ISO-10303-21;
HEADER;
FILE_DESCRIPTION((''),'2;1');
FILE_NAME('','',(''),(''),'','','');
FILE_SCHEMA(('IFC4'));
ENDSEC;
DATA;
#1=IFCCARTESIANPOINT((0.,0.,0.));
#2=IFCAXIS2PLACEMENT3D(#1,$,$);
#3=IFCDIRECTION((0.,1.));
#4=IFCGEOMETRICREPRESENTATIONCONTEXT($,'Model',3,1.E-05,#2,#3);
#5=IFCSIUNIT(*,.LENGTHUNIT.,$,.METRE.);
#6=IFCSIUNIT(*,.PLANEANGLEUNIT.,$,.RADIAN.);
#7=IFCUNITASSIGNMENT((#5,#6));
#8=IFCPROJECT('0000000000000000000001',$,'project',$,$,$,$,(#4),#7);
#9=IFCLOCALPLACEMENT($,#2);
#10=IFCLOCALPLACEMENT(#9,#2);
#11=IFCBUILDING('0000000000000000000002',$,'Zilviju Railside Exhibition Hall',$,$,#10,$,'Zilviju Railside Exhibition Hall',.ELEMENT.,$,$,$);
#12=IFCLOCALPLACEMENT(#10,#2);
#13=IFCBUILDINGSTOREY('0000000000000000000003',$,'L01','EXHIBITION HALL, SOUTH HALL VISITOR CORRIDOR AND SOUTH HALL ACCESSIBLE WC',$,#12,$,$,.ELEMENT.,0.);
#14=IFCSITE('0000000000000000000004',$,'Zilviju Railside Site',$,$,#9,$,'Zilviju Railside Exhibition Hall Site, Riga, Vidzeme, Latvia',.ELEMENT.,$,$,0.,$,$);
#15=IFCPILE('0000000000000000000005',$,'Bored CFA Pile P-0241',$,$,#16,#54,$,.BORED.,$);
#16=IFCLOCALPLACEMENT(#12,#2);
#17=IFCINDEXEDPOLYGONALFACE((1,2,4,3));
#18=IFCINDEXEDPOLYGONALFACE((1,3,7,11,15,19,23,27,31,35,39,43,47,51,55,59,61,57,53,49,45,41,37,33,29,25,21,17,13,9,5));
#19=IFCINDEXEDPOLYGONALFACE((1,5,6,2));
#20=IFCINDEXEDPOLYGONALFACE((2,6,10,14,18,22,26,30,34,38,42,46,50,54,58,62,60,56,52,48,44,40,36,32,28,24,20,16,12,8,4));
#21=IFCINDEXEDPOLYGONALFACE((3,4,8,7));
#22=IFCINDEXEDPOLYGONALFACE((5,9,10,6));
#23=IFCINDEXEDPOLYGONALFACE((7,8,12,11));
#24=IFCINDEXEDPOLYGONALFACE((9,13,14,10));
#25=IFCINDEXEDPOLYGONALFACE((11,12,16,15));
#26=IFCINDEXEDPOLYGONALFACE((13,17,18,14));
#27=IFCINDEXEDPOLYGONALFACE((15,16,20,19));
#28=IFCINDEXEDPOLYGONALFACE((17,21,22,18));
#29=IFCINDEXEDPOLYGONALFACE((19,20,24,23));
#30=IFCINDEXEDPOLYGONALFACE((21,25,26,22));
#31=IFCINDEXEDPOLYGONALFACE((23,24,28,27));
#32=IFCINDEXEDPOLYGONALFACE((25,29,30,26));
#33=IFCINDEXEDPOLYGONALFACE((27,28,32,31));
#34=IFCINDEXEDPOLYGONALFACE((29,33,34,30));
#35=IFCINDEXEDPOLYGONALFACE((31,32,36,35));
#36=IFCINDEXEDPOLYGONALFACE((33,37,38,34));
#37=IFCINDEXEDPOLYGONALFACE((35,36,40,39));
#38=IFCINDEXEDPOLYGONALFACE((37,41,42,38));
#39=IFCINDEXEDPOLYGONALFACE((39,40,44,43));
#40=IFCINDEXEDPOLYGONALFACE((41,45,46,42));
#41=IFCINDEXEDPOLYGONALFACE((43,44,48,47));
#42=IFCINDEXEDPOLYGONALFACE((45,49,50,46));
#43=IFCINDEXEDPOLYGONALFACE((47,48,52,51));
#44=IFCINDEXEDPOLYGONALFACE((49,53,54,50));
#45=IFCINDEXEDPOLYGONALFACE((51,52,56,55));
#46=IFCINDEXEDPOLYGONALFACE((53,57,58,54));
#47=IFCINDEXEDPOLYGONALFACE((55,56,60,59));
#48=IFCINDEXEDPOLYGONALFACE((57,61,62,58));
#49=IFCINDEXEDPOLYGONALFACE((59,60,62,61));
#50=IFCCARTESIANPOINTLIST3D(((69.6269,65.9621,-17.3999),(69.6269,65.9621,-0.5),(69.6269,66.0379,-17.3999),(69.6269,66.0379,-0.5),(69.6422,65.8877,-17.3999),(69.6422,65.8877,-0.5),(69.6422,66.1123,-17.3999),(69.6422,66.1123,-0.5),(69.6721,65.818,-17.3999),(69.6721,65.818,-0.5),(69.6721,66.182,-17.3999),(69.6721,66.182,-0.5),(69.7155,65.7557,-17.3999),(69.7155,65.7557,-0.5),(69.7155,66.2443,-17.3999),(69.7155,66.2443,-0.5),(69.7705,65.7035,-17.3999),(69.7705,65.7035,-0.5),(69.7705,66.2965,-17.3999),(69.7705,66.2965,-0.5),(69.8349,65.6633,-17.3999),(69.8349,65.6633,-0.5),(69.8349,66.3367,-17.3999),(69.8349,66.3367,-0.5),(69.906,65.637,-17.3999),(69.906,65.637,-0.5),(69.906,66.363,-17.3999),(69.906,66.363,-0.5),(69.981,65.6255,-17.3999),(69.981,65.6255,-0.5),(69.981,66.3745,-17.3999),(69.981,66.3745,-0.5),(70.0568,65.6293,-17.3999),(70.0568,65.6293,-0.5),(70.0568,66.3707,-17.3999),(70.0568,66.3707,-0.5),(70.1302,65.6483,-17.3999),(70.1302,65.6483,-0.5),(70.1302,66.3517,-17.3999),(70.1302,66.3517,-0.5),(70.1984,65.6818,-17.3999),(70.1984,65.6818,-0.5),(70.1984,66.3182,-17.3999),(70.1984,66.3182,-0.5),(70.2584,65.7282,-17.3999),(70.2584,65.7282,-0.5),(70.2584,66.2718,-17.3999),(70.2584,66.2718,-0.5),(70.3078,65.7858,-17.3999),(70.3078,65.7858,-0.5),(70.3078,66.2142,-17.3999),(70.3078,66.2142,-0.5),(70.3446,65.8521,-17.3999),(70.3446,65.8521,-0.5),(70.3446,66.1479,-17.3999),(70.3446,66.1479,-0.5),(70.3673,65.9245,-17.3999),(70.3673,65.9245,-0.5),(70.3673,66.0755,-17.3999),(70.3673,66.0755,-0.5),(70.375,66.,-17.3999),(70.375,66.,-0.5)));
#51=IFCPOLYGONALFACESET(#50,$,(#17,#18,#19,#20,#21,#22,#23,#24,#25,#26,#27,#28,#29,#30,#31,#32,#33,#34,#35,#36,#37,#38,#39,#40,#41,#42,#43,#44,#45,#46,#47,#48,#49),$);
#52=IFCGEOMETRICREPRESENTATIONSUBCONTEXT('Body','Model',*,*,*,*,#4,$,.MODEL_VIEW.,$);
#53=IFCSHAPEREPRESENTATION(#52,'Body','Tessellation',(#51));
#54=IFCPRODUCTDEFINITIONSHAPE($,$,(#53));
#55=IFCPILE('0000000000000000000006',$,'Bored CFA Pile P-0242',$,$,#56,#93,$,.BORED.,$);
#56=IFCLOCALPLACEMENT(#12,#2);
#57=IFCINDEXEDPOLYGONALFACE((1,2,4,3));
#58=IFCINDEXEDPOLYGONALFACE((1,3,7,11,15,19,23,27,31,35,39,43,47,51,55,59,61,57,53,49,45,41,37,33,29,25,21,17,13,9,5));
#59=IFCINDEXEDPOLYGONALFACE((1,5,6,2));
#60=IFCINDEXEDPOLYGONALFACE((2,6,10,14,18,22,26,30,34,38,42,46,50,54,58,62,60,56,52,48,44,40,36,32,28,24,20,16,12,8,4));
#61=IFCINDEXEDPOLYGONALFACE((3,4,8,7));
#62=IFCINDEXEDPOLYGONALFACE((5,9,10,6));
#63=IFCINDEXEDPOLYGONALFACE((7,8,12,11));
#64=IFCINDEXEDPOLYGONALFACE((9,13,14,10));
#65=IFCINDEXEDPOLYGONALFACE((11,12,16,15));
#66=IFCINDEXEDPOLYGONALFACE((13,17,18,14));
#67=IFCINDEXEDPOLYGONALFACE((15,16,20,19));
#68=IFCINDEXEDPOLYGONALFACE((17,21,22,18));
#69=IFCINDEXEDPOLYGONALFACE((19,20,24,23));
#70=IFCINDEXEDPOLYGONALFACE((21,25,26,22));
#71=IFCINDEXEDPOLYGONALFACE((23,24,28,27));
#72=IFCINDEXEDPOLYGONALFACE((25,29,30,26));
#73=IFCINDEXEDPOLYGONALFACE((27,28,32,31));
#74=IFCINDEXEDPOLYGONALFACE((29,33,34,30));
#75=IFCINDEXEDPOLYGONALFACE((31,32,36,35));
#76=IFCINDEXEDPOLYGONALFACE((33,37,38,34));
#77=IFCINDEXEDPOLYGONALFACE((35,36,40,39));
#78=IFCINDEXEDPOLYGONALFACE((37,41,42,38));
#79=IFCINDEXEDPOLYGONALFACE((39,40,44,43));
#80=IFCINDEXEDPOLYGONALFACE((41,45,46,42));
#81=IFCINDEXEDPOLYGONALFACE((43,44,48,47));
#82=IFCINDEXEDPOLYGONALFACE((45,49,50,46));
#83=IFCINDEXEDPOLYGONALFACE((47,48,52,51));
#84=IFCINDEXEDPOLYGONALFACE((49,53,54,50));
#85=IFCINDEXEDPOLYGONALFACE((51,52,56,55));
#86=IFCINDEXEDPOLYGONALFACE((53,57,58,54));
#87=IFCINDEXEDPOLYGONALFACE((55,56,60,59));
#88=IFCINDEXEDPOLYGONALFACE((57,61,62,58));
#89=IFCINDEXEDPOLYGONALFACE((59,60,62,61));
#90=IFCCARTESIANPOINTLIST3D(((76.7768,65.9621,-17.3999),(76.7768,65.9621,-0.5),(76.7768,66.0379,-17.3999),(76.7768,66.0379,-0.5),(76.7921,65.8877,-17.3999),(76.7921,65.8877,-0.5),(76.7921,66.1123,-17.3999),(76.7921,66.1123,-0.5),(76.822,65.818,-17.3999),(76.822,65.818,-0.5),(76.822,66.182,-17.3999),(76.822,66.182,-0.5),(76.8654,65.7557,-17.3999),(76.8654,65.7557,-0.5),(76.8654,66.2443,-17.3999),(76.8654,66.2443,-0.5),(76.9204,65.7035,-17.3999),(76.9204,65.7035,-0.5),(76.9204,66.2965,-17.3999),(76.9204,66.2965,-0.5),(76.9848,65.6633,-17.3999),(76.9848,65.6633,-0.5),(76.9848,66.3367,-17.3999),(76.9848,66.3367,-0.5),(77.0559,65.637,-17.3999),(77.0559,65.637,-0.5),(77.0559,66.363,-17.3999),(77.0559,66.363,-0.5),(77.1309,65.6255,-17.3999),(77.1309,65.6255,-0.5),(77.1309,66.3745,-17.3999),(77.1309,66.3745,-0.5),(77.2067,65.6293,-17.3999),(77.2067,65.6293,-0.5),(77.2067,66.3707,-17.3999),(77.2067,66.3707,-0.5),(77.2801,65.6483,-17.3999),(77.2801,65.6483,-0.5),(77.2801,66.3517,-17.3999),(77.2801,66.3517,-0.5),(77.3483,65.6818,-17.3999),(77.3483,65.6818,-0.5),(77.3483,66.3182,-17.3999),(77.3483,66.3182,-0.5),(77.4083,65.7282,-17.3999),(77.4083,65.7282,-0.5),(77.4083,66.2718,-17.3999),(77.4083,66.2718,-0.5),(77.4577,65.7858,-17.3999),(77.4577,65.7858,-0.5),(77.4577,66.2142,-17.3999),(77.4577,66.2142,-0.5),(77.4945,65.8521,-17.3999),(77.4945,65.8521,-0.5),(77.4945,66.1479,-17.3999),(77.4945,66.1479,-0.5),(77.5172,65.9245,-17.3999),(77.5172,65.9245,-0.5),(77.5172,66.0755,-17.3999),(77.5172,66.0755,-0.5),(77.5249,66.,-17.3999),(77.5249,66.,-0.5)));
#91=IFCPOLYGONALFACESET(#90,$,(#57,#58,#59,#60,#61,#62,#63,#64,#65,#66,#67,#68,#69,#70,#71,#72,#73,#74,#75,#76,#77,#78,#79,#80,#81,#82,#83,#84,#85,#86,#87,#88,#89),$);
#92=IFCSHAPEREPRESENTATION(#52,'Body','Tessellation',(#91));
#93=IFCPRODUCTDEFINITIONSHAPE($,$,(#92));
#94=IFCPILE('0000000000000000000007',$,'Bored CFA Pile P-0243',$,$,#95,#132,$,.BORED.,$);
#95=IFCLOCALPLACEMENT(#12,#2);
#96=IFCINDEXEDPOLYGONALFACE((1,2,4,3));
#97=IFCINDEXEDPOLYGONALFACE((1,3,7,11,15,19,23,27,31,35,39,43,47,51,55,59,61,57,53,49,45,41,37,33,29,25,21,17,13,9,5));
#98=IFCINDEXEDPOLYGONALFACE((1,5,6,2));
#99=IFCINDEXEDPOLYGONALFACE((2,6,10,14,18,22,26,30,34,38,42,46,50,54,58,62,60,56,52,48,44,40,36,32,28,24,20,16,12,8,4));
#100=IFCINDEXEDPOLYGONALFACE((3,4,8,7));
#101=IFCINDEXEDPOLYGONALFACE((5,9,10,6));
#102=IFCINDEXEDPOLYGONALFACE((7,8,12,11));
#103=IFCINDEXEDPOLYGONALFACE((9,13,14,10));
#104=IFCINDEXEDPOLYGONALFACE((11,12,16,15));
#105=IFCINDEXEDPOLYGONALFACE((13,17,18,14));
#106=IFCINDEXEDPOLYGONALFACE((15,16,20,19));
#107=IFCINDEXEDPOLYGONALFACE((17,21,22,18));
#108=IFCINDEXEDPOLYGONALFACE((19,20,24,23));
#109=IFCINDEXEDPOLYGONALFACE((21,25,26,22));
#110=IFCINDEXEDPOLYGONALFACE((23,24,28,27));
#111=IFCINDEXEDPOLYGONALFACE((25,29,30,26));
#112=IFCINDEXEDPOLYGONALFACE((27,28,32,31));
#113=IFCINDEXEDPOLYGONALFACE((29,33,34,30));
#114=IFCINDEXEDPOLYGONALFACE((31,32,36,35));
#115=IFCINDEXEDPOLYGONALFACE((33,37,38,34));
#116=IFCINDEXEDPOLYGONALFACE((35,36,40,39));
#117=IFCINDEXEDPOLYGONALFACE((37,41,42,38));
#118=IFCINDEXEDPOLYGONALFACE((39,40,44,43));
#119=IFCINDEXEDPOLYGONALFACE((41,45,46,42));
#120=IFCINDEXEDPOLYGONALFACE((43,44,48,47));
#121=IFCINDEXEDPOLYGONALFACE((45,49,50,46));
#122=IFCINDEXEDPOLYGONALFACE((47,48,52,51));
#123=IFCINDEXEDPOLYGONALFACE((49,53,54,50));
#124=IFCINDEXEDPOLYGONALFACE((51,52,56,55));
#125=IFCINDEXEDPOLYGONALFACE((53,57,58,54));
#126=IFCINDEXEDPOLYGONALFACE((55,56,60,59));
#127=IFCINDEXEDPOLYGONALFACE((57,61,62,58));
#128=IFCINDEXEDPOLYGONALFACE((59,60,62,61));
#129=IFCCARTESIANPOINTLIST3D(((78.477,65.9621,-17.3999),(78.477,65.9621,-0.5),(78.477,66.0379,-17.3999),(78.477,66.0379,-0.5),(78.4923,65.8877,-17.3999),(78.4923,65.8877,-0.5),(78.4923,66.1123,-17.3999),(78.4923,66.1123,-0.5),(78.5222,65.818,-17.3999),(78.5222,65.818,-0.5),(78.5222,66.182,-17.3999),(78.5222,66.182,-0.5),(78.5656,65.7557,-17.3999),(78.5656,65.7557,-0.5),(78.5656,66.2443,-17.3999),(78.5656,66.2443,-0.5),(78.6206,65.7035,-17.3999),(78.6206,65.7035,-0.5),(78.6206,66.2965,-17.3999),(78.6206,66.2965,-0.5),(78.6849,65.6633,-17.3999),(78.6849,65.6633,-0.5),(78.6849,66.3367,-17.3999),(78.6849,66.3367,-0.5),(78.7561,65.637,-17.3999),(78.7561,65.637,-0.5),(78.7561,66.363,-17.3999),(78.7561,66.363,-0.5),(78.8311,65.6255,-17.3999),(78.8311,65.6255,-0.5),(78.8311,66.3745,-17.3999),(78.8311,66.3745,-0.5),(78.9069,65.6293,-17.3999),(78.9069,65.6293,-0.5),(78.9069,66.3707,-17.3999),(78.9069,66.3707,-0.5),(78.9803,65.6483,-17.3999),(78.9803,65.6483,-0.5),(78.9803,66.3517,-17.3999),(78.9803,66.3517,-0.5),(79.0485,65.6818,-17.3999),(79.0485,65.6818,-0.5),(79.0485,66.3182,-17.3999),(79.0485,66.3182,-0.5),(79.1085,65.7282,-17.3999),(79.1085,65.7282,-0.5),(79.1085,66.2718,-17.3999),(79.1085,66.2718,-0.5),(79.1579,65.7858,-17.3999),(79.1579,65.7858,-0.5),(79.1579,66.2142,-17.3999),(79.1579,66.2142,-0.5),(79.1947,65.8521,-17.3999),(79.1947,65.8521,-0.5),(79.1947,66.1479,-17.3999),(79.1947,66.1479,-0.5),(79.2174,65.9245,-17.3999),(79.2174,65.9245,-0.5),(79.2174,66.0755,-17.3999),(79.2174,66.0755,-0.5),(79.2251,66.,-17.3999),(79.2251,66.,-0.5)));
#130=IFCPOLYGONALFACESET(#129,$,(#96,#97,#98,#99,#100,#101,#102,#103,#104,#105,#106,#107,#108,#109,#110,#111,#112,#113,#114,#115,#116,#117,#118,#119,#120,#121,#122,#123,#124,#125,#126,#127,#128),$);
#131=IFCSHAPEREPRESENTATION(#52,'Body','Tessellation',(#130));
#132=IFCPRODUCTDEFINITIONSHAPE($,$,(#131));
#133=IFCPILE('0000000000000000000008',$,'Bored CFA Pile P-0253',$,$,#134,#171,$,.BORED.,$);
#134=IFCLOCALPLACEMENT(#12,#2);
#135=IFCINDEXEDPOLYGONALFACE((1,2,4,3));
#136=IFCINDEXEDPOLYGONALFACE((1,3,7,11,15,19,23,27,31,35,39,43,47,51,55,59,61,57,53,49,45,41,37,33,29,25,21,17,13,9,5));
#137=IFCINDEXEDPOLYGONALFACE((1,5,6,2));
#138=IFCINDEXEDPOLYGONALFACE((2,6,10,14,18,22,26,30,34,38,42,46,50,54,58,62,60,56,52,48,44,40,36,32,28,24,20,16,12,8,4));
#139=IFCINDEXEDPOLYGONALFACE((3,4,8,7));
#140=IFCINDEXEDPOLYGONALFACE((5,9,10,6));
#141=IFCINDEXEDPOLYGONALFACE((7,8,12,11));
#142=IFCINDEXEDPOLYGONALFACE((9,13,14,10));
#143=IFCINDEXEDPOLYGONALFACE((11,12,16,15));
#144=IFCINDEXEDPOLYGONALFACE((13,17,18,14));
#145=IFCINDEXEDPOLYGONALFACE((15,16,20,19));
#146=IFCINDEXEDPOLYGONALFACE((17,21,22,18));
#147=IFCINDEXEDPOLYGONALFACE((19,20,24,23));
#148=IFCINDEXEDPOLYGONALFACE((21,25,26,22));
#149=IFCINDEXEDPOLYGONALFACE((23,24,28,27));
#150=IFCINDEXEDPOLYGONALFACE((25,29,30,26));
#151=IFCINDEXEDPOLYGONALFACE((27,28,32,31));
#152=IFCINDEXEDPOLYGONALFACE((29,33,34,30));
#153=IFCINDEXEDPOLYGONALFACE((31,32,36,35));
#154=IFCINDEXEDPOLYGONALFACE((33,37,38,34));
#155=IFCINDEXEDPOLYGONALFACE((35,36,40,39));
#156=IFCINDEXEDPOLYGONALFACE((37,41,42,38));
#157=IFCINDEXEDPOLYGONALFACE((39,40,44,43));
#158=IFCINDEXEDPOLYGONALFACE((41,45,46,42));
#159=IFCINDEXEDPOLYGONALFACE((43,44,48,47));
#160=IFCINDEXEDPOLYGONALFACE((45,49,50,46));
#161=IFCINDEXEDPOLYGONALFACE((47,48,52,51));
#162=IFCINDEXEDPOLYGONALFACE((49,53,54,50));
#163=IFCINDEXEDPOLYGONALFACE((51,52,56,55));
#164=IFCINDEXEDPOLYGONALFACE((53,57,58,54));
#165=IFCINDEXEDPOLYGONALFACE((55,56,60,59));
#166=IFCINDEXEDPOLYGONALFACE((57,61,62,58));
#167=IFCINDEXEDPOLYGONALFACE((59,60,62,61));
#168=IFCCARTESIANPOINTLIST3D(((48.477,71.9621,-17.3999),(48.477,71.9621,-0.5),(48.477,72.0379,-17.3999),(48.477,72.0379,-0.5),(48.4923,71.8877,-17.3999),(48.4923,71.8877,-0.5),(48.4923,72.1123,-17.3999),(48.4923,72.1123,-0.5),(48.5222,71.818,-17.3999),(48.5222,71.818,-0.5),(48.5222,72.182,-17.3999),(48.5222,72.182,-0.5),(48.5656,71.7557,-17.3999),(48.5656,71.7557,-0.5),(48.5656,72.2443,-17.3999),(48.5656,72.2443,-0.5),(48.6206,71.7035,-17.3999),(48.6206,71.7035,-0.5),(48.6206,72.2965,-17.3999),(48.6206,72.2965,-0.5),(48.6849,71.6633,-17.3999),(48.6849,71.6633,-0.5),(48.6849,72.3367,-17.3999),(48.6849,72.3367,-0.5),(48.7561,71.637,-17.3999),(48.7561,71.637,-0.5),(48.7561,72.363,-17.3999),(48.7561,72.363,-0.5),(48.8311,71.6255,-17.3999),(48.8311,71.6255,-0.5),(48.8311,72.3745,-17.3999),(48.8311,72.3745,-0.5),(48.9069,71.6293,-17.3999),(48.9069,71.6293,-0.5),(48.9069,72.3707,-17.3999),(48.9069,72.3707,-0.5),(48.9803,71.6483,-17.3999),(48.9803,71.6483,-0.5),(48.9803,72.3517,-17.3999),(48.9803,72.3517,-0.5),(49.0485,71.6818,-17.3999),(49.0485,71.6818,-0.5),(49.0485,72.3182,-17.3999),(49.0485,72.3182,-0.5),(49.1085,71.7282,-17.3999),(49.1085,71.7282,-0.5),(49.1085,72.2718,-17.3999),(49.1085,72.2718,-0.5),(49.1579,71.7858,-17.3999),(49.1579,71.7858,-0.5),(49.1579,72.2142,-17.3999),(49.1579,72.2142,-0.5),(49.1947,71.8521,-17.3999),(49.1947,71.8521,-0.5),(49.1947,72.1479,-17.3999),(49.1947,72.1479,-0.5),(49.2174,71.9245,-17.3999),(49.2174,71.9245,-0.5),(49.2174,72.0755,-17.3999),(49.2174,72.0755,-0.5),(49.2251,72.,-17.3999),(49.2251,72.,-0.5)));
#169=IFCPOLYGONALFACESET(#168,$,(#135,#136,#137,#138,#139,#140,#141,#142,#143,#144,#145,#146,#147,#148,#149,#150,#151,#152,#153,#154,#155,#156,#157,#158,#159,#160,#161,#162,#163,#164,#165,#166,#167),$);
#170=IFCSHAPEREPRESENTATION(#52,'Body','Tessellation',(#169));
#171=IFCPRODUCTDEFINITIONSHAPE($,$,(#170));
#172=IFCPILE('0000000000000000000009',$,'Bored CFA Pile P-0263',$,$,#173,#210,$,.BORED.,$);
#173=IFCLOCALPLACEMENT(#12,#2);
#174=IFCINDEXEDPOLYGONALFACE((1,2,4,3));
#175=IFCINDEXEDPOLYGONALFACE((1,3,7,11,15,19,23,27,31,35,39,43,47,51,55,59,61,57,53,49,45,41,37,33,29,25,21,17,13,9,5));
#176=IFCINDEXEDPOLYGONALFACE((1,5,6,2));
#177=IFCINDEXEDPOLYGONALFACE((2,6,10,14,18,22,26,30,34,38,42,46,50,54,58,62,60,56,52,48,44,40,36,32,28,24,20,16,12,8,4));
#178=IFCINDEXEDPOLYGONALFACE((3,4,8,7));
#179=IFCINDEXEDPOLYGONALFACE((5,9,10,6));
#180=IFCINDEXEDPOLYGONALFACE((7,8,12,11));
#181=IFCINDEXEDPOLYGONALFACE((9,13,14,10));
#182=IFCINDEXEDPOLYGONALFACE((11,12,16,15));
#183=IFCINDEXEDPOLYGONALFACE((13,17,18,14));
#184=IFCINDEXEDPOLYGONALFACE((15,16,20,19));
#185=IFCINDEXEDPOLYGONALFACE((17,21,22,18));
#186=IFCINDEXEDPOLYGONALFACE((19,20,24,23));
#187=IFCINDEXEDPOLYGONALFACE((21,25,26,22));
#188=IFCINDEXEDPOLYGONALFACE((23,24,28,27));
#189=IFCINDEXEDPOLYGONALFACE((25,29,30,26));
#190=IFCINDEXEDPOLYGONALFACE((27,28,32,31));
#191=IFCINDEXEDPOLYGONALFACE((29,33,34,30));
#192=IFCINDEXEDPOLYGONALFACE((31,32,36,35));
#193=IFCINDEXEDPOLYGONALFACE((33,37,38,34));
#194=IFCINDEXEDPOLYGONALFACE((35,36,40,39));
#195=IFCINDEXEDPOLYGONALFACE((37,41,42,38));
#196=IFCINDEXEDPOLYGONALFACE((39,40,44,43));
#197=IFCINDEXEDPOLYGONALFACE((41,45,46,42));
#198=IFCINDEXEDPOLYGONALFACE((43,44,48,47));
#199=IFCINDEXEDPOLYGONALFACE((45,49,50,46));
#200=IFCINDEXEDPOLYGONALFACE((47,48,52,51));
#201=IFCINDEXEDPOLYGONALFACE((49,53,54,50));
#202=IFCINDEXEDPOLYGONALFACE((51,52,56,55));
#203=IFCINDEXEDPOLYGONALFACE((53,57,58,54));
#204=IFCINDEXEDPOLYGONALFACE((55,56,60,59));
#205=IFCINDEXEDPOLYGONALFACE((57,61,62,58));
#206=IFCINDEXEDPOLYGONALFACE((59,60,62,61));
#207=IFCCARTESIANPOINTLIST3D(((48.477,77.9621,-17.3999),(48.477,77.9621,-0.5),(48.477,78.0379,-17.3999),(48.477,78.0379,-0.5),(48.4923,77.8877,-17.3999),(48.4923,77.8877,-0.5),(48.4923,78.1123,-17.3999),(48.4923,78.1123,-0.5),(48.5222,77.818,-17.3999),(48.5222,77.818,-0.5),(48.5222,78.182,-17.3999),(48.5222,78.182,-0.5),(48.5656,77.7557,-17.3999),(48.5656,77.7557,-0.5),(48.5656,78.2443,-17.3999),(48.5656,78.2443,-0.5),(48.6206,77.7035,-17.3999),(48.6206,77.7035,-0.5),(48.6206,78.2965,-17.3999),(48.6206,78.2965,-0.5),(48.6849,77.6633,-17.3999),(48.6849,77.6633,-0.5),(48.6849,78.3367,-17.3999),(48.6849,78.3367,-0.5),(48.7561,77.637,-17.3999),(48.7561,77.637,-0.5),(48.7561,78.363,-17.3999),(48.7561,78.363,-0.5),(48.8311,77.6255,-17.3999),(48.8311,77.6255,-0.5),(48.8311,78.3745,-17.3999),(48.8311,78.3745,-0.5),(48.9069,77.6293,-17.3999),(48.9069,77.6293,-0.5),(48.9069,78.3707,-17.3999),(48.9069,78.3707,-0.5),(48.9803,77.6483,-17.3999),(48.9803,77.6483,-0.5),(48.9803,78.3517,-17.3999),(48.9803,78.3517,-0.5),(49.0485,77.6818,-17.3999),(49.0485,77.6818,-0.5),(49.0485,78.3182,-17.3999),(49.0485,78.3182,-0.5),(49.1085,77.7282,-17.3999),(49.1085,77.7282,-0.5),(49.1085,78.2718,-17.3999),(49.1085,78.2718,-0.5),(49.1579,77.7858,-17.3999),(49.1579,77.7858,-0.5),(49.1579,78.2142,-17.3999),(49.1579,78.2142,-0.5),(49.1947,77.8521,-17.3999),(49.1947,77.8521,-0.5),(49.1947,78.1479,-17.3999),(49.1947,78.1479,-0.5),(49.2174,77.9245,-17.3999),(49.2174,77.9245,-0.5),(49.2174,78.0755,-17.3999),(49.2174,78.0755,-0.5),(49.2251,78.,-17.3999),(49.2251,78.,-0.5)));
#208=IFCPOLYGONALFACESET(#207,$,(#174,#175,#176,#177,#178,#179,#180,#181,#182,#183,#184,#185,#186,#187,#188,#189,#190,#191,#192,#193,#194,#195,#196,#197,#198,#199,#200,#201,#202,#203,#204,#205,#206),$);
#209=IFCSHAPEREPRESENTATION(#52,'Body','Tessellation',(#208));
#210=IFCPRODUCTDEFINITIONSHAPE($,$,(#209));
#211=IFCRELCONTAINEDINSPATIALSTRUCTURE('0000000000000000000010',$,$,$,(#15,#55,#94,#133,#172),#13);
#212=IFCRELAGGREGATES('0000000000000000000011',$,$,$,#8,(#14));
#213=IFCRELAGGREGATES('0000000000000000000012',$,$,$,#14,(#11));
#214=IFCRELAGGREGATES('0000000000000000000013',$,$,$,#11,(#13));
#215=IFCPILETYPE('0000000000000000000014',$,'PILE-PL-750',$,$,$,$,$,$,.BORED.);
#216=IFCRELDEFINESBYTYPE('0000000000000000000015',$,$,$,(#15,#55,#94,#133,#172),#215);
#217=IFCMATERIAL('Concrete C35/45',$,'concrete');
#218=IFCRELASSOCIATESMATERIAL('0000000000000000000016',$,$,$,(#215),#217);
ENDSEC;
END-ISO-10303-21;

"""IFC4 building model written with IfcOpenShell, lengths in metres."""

from ifc_helpers import new_model, si_unit, direction, frame, origin, origin_2d, place, context, subcontext, project, spatial, circle, extrude, material, material_profile, profile_set, type_object, element, save


model = new_model("IFC4")

# Units and contexts
model_context = context("Model", 3, precision=1e-05, world=origin(), true_north=direction((0.0, 1.0)))
body_context = subcontext(model_context, "Body", "Model", "MODEL_VIEW")
ifc_project = project(units=[si_unit("LENGTHUNIT", "METRE"), si_unit("PLANEANGLEUNIT", "RADIAN")], contexts=[model_context])

# Site, building, storey
site_placement = place(None, origin())
site = spatial("IfcSite", under=ifc_project, at=site_placement, Name="Zilviju Railside Site", LongName="Zilviju Railside Exhibition Hall Site, Riga, Vidzeme, Latvia", CompositionType="ELEMENT", RefElevation=0.0)
building_placement = place(site_placement, origin())
building = spatial("IfcBuilding", under=site, at=building_placement, Name="Zilviju Railside Exhibition Hall", LongName="Zilviju Railside Exhibition Hall", CompositionType="ELEMENT")
storey_placement = place(building_placement, origin())
storey = spatial("IfcBuildingStorey", under=building, at=storey_placement, Name="L01", Description="EXHIBITION HALL, SOUTH HALL VISITOR CORRIDOR AND SOUTH HALL ACCESSIBLE WC", CompositionType="ELEMENT", Elevation=0.0)

# Shared definitions
ifc_material_1 = material(Name="Concrete C35/45", Category="concrete")

# Piles
ifc_material_profile_1 = material_profile(ifc_material_1, circle(Radius=0.375, at=origin_2d()), Name="CFA PILE D750")
ifc_profile_set_1 = profile_set([ifc_material_profile_1], Name="Concrete C35/45")
pile_type_1 = type_object("IfcPileType", Name="PILE-PL-750", PredefinedType="BORED", material=ifc_profile_set_1)
for number, where, z_axis, x_axis, name in (
    (1, (70.0, 66.0, -0.5), (0.0, 0.0, -1.0), (1.0, 0.0, 0.0), "Bored CFA Pile P-0241"),
    (2, (77.1499, 66.0, -0.5), (0.0, 0.0, -1.0), (1.0, 0.0, 0.0), "Bored CFA Pile P-0242"),
    (3, (78.8501, 66.0, -0.5), (0.0, 0.0, -1.0), (1.0, 0.0, 0.0), "Bored CFA Pile P-0243"),
    (4, (48.8501, 72.0, -0.5), (0.0, 0.0, -1.0), (1.0, 0.0, 0.0), "Bored CFA Pile P-0253"),
    (5, (48.8501, 78.0, -0.5), (0.0, 0.0, -1.0), (1.0, 0.0, 0.0), "Bored CFA Pile P-0263"),
):
    element("IfcPile", number, at=place(storey_placement, frame(where, z_axis=z_axis, x_axis=x_axis)), inside=storey, type_object=pile_type_1, Name=name, PredefinedType="BORED", context=body_context, shape_type="SweptSolid", body=[
        extrude(circle(Radius=0.375, at=origin_2d()), origin(), (0.0, 0.0, 1.0), 16.8999),
    ])

save(model, "model.ifc")
